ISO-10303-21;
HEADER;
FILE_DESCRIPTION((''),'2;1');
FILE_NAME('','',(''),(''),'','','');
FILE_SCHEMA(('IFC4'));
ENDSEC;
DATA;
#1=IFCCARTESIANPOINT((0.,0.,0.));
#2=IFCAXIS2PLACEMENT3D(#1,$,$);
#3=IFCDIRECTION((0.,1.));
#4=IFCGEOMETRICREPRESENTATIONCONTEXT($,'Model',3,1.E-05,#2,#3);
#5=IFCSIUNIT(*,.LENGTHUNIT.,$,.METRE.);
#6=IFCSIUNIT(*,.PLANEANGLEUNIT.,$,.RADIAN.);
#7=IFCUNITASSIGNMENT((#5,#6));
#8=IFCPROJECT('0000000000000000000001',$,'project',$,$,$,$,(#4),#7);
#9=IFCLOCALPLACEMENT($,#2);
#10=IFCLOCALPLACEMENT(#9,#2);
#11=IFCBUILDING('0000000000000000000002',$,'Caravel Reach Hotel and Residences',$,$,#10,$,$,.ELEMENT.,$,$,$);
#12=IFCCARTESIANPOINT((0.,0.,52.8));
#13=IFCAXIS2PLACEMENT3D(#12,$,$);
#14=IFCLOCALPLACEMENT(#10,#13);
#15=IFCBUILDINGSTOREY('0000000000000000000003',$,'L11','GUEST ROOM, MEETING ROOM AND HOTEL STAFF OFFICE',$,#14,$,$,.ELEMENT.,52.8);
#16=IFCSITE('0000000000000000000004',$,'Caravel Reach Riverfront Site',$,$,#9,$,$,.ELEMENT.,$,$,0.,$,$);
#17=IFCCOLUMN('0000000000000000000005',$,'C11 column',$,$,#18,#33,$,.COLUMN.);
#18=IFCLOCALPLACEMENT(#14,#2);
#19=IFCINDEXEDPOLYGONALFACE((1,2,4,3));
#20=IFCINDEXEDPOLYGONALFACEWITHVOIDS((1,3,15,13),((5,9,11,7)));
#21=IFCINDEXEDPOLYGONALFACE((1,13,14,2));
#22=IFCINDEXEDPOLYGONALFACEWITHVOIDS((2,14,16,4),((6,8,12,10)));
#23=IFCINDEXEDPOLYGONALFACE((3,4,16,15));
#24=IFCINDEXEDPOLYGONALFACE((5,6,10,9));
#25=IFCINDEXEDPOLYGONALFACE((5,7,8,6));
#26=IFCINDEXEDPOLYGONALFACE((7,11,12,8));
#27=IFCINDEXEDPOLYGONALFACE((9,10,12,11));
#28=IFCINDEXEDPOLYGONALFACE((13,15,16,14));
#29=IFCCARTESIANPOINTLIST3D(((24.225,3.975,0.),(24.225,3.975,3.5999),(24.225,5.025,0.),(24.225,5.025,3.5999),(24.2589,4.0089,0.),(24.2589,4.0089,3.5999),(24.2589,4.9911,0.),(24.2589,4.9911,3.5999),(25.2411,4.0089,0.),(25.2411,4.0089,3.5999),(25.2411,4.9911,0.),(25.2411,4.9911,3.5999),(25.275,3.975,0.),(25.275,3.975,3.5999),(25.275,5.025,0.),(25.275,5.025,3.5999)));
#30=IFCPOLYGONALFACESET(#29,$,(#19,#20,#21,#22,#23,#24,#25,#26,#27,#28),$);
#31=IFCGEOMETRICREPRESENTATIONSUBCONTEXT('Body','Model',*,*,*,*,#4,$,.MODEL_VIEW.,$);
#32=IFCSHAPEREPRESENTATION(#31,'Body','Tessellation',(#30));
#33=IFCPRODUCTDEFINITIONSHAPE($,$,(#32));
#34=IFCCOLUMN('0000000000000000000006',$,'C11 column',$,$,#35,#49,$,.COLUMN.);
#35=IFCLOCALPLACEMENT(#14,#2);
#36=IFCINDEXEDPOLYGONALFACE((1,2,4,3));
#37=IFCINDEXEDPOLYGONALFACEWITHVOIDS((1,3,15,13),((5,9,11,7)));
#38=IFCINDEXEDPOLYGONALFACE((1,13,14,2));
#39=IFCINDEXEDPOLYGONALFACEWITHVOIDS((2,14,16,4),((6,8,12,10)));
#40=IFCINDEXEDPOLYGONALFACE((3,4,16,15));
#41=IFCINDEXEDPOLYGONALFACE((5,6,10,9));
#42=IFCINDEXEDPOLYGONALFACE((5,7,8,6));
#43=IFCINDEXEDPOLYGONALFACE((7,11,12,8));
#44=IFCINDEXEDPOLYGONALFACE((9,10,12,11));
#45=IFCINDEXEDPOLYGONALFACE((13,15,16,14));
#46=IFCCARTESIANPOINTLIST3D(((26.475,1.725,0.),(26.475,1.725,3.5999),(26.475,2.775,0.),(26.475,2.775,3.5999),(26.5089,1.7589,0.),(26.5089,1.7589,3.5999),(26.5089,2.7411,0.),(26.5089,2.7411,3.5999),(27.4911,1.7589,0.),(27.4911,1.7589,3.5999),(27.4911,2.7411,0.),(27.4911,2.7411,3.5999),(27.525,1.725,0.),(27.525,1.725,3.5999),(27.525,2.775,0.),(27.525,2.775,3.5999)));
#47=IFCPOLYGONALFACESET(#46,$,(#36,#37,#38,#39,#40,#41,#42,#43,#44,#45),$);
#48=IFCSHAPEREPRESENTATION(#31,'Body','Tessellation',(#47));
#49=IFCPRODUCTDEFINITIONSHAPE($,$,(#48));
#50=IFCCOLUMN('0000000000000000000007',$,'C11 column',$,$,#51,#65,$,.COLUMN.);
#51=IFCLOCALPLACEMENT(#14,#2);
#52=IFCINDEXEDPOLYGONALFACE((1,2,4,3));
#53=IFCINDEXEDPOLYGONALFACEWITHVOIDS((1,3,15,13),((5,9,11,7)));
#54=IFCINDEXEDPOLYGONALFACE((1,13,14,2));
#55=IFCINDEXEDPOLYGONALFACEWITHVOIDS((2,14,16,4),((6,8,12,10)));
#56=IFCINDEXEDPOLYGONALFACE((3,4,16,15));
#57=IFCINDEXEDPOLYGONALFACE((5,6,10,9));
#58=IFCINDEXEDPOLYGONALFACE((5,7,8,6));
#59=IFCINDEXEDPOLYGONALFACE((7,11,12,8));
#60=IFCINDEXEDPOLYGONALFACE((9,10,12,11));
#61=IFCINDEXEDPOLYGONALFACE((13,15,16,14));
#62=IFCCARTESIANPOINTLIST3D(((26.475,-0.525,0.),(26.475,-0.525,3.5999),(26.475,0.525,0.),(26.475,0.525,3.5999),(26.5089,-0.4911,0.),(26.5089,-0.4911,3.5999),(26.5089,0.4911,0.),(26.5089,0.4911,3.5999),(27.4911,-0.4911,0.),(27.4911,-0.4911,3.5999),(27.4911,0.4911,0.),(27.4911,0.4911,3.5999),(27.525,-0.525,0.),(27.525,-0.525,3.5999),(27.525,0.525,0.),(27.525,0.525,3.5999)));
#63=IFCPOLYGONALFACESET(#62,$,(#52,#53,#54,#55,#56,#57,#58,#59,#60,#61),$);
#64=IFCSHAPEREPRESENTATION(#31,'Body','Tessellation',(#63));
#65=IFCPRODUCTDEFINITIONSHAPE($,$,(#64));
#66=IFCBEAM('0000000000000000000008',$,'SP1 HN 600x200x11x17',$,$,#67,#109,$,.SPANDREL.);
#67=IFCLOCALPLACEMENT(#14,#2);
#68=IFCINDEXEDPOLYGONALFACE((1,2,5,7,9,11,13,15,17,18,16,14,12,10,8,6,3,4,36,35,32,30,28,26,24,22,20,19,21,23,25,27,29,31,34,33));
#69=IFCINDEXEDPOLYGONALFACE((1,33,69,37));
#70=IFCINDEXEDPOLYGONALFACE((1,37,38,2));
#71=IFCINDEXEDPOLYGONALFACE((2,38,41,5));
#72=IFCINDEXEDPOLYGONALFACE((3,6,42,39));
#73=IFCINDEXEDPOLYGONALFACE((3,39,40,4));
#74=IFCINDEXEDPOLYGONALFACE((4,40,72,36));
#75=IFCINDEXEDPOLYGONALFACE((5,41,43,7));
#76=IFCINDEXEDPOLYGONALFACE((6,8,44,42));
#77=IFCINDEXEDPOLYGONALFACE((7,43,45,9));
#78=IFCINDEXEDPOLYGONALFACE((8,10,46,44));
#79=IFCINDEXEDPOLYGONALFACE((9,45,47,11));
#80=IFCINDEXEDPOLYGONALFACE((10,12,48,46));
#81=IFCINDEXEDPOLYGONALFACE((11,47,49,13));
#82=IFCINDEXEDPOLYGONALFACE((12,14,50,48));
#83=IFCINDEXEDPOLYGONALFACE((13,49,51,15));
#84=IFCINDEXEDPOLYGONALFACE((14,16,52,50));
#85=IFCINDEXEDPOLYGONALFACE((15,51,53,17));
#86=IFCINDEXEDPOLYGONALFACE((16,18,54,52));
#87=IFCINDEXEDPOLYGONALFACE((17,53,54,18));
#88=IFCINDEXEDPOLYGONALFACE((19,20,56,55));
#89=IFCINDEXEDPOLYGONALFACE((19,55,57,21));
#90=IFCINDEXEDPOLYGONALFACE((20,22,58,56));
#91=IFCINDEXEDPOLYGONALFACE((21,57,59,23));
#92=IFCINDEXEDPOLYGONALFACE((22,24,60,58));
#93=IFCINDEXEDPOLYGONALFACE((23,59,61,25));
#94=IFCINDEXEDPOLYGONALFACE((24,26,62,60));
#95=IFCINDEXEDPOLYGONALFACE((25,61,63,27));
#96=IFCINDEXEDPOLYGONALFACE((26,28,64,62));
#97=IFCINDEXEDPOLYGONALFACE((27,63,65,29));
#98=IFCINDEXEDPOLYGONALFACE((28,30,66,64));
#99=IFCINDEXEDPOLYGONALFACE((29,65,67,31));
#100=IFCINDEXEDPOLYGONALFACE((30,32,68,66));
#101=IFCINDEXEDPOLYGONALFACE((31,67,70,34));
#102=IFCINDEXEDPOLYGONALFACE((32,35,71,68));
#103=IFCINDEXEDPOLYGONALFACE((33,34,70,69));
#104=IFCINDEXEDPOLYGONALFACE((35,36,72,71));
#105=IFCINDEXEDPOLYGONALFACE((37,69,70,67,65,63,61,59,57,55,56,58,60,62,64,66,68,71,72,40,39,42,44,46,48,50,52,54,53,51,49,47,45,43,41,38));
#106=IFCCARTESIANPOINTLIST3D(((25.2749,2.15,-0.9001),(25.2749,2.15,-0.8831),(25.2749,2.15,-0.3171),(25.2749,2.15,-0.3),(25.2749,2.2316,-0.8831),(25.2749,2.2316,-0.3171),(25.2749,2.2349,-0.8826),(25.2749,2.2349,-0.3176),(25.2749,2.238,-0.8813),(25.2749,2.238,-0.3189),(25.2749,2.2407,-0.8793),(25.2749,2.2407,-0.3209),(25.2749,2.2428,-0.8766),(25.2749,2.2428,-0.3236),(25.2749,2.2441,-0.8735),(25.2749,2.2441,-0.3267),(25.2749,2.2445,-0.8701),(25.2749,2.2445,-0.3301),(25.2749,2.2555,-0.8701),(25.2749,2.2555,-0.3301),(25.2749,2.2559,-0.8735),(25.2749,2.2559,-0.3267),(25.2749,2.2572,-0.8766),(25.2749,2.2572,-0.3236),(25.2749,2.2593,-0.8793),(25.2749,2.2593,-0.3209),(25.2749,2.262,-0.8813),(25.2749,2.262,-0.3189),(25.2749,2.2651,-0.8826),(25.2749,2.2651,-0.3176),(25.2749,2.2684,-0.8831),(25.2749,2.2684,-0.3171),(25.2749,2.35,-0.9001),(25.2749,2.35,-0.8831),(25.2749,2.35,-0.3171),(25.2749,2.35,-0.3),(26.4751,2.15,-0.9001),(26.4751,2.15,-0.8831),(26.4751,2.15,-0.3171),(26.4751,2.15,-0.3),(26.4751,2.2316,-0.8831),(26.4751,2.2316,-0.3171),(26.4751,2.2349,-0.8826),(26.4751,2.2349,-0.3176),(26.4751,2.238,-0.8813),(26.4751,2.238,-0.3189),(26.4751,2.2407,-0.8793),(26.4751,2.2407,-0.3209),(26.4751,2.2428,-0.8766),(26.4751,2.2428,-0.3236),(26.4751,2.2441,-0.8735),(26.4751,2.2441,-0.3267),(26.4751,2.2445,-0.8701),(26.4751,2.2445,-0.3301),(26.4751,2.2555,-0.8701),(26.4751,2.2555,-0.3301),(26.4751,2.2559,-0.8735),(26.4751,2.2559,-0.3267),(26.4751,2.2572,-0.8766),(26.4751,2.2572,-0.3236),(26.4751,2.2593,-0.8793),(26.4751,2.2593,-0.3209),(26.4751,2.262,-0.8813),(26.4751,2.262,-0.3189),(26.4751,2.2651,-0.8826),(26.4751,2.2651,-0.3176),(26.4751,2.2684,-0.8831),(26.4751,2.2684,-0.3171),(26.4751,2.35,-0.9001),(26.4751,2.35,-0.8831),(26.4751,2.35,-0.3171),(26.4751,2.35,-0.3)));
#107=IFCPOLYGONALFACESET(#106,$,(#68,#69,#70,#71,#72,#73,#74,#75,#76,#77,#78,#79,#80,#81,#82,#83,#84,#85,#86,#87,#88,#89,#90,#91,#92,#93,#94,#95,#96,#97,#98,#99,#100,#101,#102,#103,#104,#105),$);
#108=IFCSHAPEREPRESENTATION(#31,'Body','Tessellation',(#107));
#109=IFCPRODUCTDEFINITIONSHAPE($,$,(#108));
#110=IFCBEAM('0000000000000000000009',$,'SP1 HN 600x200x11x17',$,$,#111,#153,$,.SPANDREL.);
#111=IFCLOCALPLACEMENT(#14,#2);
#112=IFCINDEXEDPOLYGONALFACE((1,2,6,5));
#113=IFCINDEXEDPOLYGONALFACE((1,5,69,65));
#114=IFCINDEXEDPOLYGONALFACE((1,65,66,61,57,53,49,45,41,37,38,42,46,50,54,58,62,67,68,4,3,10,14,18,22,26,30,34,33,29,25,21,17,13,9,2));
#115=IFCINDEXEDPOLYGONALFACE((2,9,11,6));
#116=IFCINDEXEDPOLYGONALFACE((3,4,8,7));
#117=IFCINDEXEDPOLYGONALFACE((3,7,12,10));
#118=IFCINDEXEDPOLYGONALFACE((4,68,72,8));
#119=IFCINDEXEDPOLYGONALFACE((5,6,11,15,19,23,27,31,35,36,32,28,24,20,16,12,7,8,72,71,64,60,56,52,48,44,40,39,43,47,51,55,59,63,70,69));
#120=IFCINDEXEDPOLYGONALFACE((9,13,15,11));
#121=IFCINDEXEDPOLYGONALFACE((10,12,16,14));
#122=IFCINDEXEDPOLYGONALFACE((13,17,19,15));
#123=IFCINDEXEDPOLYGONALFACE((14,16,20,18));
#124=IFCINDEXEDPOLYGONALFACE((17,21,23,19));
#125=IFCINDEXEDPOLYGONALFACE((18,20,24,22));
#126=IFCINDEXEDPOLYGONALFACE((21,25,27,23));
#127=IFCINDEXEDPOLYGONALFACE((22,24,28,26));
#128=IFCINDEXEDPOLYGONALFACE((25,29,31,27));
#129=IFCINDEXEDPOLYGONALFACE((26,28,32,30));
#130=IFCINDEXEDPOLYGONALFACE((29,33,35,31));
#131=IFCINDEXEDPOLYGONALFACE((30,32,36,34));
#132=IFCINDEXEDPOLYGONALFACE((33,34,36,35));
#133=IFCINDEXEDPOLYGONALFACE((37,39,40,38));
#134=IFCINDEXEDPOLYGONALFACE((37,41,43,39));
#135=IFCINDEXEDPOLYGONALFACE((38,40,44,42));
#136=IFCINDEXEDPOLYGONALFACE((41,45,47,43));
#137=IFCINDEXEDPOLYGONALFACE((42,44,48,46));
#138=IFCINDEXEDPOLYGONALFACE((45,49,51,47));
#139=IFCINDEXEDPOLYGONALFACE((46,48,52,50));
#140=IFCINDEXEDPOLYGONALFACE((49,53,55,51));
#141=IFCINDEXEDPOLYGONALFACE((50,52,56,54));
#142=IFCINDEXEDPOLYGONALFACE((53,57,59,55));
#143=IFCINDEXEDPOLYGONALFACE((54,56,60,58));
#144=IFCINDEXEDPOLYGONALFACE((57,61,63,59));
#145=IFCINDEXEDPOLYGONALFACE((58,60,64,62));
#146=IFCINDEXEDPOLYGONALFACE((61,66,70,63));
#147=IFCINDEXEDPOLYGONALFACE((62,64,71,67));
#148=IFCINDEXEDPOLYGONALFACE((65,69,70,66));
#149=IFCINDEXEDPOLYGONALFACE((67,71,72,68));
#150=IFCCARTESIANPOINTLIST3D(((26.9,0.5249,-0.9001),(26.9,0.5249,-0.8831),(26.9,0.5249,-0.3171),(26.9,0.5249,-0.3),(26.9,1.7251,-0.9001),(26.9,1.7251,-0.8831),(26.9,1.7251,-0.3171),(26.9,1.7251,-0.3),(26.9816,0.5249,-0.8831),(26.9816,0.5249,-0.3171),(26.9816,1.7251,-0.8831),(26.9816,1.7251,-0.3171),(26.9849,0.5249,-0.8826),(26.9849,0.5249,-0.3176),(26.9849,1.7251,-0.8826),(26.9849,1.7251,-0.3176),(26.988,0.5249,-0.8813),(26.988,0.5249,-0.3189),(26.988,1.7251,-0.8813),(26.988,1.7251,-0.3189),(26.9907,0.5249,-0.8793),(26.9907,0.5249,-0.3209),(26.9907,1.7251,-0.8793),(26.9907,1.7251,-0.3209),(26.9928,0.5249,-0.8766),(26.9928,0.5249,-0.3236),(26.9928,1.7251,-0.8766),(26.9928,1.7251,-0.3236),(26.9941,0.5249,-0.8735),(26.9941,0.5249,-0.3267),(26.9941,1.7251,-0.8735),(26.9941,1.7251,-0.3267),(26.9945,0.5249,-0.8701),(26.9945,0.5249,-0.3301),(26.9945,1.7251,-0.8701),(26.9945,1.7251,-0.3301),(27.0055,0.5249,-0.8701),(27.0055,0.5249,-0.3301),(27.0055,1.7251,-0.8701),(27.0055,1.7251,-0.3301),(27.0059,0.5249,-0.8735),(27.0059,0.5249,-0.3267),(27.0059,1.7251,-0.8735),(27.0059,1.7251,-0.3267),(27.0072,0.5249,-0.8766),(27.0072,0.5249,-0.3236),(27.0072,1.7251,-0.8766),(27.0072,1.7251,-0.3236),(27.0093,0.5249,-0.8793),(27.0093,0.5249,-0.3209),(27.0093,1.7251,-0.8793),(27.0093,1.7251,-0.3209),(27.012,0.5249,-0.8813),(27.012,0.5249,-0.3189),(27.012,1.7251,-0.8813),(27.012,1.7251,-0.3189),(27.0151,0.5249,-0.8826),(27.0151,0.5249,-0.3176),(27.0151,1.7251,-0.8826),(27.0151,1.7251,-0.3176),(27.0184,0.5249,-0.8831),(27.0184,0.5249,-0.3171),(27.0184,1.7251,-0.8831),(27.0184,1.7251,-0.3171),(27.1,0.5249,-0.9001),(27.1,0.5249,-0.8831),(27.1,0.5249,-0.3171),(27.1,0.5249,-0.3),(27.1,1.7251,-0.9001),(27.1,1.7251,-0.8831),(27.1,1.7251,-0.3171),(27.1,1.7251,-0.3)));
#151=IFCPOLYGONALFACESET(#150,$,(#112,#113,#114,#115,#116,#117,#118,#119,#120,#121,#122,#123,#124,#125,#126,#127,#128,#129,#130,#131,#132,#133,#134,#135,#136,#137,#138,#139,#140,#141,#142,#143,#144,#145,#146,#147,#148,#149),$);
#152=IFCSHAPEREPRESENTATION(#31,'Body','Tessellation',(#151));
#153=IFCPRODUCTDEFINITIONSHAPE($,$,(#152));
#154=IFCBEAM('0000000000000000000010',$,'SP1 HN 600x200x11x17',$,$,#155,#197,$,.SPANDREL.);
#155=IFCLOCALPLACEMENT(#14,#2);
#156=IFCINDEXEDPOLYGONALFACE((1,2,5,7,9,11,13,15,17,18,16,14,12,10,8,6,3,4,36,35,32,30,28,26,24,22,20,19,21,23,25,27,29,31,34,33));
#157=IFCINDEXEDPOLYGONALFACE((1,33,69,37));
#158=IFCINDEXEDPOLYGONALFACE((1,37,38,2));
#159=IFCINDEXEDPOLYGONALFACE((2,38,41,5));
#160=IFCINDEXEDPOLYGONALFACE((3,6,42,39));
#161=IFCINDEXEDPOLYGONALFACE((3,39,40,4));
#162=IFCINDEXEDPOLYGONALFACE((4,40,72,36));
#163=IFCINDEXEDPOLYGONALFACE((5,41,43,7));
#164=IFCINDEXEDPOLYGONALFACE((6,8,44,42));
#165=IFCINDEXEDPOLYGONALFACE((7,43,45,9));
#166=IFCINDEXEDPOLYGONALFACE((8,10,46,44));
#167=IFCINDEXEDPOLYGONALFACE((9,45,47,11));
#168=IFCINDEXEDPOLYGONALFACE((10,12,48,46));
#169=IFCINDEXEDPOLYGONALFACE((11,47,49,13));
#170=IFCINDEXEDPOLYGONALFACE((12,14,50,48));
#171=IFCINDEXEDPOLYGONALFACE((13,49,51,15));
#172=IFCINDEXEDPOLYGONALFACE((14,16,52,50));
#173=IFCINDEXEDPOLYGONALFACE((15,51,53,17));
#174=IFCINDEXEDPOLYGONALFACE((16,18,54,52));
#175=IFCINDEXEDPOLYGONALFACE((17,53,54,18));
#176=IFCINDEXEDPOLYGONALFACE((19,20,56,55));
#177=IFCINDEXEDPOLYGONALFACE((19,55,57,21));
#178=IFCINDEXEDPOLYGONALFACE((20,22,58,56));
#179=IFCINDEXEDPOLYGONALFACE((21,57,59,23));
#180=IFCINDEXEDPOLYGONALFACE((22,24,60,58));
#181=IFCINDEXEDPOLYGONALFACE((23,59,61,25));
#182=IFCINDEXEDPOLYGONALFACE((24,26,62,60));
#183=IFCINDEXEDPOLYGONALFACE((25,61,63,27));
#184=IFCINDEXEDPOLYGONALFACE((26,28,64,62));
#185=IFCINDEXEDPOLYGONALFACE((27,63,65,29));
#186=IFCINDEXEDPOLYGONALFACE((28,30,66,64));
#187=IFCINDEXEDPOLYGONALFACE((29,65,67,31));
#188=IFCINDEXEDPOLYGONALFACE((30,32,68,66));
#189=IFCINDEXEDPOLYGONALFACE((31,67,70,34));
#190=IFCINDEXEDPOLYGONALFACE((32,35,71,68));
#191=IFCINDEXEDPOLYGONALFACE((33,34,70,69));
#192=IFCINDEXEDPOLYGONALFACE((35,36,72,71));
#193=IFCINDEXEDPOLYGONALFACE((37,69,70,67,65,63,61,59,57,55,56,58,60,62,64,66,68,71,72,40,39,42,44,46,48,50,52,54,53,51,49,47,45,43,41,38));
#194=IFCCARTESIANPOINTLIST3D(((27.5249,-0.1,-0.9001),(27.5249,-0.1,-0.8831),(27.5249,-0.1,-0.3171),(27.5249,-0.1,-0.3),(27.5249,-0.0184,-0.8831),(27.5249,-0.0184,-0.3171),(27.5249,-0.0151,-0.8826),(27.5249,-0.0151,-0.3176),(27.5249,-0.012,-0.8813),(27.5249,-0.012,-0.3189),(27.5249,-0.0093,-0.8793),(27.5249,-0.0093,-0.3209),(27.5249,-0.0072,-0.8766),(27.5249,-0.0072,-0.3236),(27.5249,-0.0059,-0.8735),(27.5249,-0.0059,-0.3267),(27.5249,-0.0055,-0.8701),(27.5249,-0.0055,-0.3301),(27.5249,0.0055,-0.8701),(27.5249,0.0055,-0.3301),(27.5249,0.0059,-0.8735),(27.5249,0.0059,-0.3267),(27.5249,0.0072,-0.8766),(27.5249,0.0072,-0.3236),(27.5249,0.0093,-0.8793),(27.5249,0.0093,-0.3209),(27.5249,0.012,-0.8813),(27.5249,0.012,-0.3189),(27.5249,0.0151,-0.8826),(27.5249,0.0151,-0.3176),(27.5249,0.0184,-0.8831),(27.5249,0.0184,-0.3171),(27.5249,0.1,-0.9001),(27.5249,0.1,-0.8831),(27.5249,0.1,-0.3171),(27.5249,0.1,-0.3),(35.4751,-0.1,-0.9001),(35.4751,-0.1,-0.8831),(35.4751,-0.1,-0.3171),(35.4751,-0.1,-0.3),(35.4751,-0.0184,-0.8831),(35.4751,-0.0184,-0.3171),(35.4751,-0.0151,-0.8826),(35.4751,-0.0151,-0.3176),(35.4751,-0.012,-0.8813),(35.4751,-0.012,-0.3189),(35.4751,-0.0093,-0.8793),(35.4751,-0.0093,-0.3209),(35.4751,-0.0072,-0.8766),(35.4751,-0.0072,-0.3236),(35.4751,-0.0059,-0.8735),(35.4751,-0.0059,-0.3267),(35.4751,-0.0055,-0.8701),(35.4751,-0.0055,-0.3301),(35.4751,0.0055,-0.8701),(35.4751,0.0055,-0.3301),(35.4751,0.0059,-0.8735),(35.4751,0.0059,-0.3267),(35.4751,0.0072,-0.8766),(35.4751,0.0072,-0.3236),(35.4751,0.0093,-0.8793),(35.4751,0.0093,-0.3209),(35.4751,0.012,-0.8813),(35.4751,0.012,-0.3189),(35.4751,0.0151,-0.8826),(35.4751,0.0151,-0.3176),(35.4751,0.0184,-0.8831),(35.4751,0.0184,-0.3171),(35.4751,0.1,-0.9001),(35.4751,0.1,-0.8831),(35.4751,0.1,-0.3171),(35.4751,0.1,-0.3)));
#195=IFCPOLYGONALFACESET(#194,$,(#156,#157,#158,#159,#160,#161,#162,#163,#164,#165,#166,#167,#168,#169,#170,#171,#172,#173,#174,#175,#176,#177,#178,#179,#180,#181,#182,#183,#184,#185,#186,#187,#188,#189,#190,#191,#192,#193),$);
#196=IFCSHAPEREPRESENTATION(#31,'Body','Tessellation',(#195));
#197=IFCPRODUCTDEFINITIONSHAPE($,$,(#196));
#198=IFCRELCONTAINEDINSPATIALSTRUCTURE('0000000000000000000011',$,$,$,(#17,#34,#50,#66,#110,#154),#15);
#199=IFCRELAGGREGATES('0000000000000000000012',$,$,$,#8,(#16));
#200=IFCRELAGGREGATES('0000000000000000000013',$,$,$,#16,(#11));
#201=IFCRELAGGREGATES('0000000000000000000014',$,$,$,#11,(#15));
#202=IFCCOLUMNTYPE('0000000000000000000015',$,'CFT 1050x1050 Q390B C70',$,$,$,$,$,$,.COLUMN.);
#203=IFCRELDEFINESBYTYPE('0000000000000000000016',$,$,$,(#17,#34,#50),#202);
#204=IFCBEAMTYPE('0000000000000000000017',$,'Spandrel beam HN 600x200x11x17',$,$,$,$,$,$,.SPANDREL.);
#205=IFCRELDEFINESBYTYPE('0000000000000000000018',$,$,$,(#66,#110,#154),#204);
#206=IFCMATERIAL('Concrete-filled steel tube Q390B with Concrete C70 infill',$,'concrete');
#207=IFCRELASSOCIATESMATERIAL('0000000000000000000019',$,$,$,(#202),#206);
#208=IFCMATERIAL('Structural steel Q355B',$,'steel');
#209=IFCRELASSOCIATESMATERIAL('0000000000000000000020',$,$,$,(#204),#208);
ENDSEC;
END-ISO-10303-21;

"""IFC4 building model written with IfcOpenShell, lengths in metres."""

from ifc_helpers import new_model, si_unit, direction, frame, origin, origin_2d, place, context, subcontext, project, spatial, hollow_rectangle, i_section, extrude, material, material_profile, profile_set, type_object, element, save


model = new_model("IFC4")

# Units and contexts
model_context = context("Model", 3, precision=1e-05, world=origin(), true_north=direction((0.0, 1.0)))
body_context = subcontext(model_context, "Body", "Model", "MODEL_VIEW")
ifc_project = project(units=[si_unit("LENGTHUNIT", "METRE"), si_unit("PLANEANGLEUNIT", "RADIAN")], contexts=[model_context])

# Site, building, storey
site_placement = place(None, origin())
site = spatial("IfcSite", under=ifc_project, at=site_placement, Name="Caravel Reach Riverfront Site", CompositionType="ELEMENT", RefElevation=0.0)
building_placement = place(site_placement, origin())
building = spatial("IfcBuilding", under=site, at=building_placement, Name="Caravel Reach Hotel and Residences", CompositionType="ELEMENT")
storey_placement = place(building_placement, frame((0.0, 0.0, 52.8)))
storey = spatial("IfcBuildingStorey", under=building, at=storey_placement, Name="L11", Description="GUEST ROOM, MEETING ROOM AND HOTEL STAFF OFFICE", CompositionType="ELEMENT", Elevation=52.8)

# Columns
ifc_material_1 = material(Name="Concrete-filled steel tube Q390B with Concrete C70 infill", Category="concrete")
ifc_material_profile_1 = material_profile(ifc_material_1, hollow_rectangle(XDim=1.05, YDim=1.05, WallThickness=0.0339, at=origin_2d()), Name="RHS 1050x1050x34")
ifc_profile_set_1 = profile_set([ifc_material_profile_1], Name="Concrete-filled steel tube Q390B with Concrete C70 infill")
column_type = type_object("IfcColumnType", Name="CFT 1050x1050 Q390B C70", PredefinedType="COLUMN", material=ifc_profile_set_1)
for number, where, z_axis, x_axis, name in (
    (1, (24.75, 4.5, 0.0), (0.0, 0.0, 1.0), (1.0, 0.0, 0.0), "C11 column"),
    (2, (27.0, 2.25, 0.0), (0.0, 0.0, 1.0), (1.0, 0.0, 0.0), "C11 column"),
    (3, (27.0, 0.0, 0.0), (0.0, 0.0, 1.0), (1.0, 0.0, 0.0), "C11 column"),
):
    element("IfcColumn", number, at=place(storey_placement, frame(where, z_axis=z_axis, x_axis=x_axis)), inside=storey, type_object=column_type, Name=name, PredefinedType="COLUMN", context=body_context, shape_type="SweptSolid", body=[
        extrude(hollow_rectangle(XDim=1.05, YDim=1.05, WallThickness=0.0339, at=origin_2d()), origin(), (0.0, 0.0, 1.0), 3.5999),
    ])

# Beams
ifc_material_2 = material(Name="Structural steel Q355B", Category="steel")
ifc_material_profile_2 = material_profile(ifc_material_2, i_section(OverallWidth=0.2, OverallDepth=0.6001, WebThickness=0.011, FlangeThickness=0.0171, FilletRadius=0.0129, at=origin_2d()), Name="HN 600x200x11x17")
ifc_profile_set_2 = profile_set([ifc_material_profile_2], Name="Structural steel Q355B")
beam_type = type_object("IfcBeamType", Name="Spandrel beam HN 600x200x11x17", PredefinedType="SPANDREL", material=ifc_profile_set_2)
for number, where, z_axis, x_axis, name in (
    (4, (25.2749, 2.25, -0.6001), (1.0, 0.0, 0.0), (0.0, 1.0, 0.0), "SP1 HN 600x200x11x17"),
    (5, (27.0, 1.7251, -0.6001), (0.0, -1.0, 0.0), (1.0, 0.0, 0.0), "SP1 HN 600x200x11x17"),
):
    element("IfcBeam", number, at=place(storey_placement, frame(where, z_axis=z_axis, x_axis=x_axis)), inside=storey, type_object=beam_type, Name=name, PredefinedType="SPANDREL", context=body_context, shape_type="SweptSolid", body=[
        extrude(i_section(OverallWidth=0.2, OverallDepth=0.6001, WebThickness=0.011, FlangeThickness=0.0171, FilletRadius=0.0129, at=origin_2d()), origin(), (0.0, 0.0, 1.0), 1.2002),
    ])
beam_placement = place(storey_placement, frame((27.5249, 0.0, -0.6001), z_axis=(1.0, 0.0, 0.0), x_axis=(0.0, 1.0, 0.0)))
element("IfcBeam", 6, at=beam_placement, inside=storey, type_object=beam_type, Name="SP1 HN 600x200x11x17", PredefinedType="SPANDREL", context=body_context, shape_type="SweptSolid", body=[
    extrude(i_section(OverallWidth=0.2, OverallDepth=0.6001, WebThickness=0.011, FlangeThickness=0.0171, FilletRadius=0.0129, at=origin_2d()), origin(), (0.0, 0.0, 1.0), 7.9502),
])

save(model, "model.ifc")
